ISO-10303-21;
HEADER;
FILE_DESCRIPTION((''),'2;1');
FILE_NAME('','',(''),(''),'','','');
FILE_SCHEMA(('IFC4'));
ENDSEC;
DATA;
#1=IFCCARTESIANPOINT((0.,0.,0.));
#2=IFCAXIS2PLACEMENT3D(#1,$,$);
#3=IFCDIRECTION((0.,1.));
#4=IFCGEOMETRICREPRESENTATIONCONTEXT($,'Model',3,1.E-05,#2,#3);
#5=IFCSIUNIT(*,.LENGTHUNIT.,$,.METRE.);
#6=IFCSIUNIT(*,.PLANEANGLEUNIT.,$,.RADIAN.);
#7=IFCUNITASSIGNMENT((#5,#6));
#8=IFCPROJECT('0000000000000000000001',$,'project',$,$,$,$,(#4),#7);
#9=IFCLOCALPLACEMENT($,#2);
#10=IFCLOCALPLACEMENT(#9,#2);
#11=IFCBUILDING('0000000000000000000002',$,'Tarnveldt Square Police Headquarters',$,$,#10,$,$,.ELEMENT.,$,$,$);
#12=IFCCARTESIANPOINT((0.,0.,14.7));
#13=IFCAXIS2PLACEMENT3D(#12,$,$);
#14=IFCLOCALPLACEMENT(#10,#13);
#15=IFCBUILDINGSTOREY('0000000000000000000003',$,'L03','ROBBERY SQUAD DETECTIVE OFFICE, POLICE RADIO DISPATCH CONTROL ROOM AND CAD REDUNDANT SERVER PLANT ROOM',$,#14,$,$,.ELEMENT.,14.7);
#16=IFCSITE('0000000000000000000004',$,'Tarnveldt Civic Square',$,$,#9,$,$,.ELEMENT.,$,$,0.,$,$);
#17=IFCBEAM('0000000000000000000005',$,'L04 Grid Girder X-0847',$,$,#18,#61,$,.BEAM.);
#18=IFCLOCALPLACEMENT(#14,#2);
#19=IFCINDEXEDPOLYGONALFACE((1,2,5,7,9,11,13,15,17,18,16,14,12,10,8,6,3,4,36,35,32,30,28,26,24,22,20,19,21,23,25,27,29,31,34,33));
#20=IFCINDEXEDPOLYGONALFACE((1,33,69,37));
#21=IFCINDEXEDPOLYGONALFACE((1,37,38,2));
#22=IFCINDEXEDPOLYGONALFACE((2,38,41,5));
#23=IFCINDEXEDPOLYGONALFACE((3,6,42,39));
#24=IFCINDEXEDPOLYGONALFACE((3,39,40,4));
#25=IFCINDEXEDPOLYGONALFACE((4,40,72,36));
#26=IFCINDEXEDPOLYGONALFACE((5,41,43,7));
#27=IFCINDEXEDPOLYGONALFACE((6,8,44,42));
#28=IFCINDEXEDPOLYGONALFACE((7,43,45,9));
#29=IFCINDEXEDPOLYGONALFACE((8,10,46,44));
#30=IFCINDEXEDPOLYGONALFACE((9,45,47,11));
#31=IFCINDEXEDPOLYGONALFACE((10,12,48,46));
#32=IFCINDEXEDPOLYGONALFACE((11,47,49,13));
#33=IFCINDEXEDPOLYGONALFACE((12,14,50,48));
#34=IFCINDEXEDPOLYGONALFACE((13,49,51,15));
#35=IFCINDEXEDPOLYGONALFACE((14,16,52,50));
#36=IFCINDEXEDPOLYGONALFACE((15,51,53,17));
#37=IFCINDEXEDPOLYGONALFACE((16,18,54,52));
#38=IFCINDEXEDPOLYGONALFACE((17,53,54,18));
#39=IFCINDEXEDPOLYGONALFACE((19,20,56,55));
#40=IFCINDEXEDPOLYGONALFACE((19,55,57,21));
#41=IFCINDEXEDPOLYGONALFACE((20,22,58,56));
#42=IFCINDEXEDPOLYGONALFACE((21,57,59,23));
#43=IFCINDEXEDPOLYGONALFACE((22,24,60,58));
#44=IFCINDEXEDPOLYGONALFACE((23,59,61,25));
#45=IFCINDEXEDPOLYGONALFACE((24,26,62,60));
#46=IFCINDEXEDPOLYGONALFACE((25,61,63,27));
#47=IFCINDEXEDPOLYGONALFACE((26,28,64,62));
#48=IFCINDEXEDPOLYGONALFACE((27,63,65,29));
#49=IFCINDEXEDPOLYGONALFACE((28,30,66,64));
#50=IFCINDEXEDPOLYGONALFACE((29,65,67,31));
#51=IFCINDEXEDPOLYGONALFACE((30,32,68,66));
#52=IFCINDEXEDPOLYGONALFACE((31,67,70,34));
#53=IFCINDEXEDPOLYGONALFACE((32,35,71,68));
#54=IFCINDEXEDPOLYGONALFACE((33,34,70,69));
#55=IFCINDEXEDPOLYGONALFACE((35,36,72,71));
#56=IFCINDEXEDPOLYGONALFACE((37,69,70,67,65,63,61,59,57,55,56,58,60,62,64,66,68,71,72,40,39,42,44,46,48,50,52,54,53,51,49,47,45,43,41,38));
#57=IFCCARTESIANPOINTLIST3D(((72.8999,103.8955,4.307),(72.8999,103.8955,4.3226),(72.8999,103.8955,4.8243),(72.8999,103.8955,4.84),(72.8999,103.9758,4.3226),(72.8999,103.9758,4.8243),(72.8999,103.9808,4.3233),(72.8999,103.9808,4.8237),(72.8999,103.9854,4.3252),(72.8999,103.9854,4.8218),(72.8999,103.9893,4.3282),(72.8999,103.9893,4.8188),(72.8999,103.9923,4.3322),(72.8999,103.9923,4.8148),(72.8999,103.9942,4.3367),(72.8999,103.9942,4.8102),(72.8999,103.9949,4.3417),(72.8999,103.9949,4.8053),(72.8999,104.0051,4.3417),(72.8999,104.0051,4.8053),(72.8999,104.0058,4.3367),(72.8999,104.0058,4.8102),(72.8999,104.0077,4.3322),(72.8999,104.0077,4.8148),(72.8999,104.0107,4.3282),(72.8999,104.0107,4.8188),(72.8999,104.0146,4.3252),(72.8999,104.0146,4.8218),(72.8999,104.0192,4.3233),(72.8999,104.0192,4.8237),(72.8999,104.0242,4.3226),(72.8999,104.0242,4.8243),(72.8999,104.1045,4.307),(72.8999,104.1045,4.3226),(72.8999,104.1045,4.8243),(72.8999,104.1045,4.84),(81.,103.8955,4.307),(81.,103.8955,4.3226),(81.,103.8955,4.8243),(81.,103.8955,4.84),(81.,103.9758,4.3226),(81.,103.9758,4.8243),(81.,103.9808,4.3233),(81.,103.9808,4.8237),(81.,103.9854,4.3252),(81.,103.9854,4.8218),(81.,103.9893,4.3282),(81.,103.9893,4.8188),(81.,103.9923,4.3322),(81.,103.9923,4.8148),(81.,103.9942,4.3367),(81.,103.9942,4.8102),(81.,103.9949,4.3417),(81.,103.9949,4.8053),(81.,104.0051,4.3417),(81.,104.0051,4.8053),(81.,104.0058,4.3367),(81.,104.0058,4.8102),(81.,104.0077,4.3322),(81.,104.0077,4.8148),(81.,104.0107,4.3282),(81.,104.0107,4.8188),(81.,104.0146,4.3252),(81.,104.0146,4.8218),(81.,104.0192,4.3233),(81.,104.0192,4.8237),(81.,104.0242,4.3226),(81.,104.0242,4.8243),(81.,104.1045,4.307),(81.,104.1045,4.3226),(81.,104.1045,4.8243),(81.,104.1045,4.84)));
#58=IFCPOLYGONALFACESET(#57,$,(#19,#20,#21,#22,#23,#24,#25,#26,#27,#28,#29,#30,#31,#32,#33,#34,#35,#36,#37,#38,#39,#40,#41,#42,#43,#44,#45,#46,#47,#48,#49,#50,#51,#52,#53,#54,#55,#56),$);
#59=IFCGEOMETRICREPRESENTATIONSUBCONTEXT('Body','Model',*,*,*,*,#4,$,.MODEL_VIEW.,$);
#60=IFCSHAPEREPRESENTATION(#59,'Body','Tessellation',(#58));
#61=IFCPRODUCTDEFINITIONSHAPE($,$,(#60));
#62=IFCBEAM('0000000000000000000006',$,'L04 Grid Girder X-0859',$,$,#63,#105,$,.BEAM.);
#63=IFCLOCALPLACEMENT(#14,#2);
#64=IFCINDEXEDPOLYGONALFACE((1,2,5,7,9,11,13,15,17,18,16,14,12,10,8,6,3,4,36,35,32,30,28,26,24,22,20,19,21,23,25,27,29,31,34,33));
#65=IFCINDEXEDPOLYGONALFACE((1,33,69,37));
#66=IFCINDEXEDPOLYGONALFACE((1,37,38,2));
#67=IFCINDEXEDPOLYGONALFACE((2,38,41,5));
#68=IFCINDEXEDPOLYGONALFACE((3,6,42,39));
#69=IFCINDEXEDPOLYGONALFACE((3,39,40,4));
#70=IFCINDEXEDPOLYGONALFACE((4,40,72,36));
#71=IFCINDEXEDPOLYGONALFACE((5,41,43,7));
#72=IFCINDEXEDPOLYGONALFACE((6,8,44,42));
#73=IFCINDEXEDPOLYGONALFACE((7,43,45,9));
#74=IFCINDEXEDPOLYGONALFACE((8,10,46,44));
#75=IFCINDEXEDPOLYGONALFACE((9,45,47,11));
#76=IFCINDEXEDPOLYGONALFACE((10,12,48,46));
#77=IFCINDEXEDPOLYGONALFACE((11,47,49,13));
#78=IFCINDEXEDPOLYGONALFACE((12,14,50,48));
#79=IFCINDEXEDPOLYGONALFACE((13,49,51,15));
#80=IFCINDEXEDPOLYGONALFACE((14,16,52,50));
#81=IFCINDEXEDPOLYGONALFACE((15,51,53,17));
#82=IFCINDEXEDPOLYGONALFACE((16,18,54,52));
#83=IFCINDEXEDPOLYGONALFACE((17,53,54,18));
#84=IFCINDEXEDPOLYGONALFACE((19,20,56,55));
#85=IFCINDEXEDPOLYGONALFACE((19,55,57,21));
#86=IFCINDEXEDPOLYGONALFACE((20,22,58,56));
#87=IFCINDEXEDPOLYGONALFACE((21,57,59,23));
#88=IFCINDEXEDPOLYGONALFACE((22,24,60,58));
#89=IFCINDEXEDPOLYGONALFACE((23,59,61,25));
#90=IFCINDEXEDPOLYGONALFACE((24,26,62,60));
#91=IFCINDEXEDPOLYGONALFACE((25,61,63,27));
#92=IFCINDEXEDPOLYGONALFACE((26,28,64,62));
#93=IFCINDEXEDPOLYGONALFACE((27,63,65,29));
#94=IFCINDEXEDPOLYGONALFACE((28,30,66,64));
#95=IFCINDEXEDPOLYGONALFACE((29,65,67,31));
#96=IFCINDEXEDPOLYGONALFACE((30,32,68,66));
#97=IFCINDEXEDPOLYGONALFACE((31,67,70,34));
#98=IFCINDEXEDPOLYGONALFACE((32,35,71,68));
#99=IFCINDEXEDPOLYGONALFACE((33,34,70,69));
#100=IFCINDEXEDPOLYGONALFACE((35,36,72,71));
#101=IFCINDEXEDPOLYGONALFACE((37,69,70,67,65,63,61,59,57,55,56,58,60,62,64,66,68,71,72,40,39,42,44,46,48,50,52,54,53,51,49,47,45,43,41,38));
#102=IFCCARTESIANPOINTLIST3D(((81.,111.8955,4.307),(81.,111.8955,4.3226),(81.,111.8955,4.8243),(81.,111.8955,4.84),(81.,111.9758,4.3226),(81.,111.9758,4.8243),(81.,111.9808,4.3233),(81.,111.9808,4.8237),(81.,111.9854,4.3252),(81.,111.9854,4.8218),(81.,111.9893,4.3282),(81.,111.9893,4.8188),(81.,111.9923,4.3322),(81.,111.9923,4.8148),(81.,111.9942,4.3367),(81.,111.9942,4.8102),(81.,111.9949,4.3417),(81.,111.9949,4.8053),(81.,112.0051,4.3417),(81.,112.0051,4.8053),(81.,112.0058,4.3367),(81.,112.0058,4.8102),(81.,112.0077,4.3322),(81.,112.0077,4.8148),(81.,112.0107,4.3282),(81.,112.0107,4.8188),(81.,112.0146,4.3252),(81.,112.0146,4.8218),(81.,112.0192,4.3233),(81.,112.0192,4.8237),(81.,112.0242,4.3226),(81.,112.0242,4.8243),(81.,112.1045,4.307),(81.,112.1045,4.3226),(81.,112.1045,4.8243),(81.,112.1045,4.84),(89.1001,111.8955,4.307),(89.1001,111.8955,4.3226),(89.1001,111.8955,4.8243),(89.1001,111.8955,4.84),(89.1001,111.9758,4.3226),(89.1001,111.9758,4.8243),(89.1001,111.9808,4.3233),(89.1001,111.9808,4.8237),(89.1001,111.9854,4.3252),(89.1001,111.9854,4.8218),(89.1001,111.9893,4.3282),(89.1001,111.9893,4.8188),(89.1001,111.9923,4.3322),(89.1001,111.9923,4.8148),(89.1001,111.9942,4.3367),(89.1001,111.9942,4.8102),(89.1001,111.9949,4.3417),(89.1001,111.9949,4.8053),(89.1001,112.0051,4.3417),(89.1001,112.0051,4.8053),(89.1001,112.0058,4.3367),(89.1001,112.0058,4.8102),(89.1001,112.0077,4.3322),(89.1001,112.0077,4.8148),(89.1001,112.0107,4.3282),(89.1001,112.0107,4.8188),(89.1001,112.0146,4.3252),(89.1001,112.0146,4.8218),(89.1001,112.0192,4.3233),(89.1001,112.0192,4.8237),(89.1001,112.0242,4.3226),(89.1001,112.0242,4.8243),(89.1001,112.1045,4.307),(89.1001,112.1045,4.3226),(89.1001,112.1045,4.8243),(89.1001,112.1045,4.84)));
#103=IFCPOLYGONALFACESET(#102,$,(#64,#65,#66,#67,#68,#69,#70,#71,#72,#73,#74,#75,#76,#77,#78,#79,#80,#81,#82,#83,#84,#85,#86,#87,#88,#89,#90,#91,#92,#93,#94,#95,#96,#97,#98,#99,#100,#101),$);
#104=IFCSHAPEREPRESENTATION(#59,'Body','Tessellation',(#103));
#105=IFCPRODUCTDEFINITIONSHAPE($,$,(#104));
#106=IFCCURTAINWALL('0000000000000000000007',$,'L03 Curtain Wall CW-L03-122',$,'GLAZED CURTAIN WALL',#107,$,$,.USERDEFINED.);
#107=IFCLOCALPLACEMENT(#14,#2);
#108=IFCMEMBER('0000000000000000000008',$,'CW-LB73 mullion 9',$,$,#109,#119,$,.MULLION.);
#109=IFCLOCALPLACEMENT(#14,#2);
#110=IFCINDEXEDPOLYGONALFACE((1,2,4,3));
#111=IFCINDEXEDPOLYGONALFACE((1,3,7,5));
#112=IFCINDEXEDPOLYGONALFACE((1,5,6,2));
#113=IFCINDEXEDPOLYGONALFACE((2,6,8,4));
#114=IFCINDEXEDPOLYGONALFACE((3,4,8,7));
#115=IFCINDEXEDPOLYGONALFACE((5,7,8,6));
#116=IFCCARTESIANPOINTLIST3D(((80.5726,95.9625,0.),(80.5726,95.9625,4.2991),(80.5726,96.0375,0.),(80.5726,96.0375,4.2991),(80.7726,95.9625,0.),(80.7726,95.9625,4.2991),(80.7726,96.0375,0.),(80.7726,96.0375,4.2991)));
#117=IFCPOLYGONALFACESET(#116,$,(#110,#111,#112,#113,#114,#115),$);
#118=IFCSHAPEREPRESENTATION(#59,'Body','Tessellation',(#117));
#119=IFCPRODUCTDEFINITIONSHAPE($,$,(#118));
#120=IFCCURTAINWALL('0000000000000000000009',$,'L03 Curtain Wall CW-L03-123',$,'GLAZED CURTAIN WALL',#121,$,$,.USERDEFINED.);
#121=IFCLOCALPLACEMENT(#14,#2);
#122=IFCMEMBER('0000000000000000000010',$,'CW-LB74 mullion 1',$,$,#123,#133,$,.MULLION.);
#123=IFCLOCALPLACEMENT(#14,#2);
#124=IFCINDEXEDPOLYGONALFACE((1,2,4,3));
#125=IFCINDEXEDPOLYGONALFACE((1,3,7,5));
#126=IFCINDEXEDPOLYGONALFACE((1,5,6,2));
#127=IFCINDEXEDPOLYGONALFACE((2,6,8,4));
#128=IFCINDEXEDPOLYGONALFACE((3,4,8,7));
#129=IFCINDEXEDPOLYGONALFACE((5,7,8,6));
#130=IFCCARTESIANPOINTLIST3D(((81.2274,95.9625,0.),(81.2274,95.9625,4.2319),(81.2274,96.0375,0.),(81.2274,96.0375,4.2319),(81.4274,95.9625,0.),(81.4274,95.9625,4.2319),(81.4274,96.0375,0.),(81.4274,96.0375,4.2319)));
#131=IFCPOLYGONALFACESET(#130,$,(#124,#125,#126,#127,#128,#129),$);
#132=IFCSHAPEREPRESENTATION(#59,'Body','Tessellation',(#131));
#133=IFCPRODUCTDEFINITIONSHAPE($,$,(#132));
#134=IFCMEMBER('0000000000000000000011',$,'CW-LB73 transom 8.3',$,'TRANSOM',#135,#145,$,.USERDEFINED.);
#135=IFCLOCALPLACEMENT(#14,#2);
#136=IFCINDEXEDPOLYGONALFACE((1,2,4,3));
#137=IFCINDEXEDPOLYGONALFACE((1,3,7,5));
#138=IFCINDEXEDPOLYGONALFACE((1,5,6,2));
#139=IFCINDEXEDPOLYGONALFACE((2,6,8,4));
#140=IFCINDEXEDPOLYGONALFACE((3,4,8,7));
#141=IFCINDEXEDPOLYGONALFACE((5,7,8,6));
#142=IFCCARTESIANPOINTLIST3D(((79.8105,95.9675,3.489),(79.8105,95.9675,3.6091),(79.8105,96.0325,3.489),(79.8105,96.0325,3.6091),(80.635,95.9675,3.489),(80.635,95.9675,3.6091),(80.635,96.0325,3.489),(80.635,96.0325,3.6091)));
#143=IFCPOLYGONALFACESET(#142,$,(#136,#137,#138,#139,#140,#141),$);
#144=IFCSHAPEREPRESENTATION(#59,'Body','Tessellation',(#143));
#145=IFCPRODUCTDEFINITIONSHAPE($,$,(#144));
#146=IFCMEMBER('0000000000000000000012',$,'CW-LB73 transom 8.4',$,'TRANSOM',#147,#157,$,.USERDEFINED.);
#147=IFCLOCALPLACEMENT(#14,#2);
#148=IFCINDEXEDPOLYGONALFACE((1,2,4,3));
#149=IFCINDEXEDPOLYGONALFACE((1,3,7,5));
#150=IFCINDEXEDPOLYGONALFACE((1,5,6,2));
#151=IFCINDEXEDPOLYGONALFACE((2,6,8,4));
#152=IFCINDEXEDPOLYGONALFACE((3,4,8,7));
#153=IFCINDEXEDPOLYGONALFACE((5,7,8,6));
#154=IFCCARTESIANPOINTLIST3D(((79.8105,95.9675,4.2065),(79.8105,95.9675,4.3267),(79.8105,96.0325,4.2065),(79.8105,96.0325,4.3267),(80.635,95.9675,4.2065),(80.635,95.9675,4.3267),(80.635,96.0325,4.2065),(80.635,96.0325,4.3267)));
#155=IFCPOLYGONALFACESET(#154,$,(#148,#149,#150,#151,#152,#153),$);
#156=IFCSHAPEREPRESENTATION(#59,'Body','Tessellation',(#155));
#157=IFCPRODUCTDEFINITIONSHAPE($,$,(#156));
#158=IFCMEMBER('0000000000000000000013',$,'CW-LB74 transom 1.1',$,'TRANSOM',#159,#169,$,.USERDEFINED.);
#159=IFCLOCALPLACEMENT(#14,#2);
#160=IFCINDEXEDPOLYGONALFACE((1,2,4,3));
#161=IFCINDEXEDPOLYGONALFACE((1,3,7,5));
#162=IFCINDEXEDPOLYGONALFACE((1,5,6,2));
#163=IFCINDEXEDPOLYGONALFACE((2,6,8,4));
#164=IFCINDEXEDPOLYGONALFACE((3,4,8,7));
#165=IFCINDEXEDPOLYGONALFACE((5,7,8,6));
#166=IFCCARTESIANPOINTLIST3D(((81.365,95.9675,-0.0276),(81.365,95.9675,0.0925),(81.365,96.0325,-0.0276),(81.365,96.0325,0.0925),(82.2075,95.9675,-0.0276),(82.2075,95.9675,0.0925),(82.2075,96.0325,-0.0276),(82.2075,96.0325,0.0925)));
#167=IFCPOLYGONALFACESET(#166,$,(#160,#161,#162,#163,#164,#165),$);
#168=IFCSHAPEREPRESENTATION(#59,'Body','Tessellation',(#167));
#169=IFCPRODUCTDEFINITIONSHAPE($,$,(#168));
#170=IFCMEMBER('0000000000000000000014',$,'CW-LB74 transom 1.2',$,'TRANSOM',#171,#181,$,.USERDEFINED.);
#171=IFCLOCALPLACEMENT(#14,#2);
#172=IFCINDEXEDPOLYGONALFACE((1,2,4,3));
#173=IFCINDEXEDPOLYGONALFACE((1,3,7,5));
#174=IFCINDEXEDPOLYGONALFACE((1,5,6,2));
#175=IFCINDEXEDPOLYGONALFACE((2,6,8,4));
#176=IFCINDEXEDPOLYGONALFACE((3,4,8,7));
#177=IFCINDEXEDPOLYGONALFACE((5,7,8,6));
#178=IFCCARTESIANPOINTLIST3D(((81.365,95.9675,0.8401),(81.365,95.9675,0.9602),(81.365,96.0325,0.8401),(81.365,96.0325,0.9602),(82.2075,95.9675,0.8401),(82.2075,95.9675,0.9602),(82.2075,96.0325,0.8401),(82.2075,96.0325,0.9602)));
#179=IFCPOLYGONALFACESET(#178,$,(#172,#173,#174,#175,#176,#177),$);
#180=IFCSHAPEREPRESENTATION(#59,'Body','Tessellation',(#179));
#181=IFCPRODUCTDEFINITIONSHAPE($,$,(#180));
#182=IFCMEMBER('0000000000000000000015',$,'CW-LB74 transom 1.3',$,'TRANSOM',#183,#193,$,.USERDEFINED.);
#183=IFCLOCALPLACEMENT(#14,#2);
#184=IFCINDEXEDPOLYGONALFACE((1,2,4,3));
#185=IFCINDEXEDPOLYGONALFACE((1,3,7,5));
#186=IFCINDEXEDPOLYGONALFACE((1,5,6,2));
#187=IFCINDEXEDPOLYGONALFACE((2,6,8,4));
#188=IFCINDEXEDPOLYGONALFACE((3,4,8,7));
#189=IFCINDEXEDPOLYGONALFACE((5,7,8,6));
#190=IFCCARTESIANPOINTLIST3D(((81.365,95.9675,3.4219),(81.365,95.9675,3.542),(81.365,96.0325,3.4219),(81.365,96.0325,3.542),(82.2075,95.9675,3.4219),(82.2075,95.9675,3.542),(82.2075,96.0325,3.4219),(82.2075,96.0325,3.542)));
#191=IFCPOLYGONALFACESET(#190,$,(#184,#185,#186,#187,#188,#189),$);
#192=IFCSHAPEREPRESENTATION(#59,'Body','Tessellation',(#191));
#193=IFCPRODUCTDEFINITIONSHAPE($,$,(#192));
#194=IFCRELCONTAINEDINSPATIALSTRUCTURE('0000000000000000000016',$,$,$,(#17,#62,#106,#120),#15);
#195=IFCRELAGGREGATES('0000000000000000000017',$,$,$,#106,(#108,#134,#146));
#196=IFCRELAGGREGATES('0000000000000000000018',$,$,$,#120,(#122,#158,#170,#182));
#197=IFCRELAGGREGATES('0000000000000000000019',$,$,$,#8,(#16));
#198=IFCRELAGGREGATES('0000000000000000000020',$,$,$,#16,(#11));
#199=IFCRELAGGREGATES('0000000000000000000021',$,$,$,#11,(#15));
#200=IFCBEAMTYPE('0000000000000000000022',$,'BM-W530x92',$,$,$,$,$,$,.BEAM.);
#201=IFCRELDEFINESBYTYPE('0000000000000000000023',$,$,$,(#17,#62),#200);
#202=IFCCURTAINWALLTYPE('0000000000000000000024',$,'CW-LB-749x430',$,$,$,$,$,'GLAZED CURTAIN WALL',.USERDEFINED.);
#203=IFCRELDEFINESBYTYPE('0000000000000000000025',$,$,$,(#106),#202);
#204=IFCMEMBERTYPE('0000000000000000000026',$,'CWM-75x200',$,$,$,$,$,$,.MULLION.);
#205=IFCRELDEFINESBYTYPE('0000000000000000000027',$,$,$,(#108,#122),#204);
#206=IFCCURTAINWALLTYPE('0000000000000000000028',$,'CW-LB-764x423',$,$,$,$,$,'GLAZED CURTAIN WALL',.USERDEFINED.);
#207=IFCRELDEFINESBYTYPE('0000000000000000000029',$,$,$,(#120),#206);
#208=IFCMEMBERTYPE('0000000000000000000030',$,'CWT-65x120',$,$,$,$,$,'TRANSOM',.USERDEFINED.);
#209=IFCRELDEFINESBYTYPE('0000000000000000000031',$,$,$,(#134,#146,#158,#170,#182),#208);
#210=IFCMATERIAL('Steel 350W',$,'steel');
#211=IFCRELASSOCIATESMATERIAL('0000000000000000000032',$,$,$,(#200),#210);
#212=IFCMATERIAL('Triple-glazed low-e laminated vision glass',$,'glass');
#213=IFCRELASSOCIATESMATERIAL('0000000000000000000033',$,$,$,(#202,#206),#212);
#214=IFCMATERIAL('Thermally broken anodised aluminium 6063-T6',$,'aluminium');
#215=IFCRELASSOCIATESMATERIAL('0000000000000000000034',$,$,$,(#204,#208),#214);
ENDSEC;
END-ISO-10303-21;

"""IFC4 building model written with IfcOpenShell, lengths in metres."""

from ifc_helpers import new_model, si_unit, direction, frame, origin, origin_2d, place, context, subcontext, project, spatial, rectangle, i_section, extrude, material, material_profile, profile_set, type_object, element, aggregate, save


model = new_model("IFC4")

# Units and contexts
model_context = context("Model", 3, precision=1e-05, world=origin(), true_north=direction((0.0, 1.0)))
body_context = subcontext(model_context, "Body", "Model", "MODEL_VIEW")
ifc_project = project(units=[si_unit("LENGTHUNIT", "METRE"), si_unit("PLANEANGLEUNIT", "RADIAN")], contexts=[model_context])

# Site, building, storey
site_placement = place(None, origin())
site = spatial("IfcSite", under=ifc_project, at=site_placement, Name="Tarnveldt Civic Square", CompositionType="ELEMENT", RefElevation=0.0)
building_placement = place(site_placement, origin())
building = spatial("IfcBuilding", under=site, at=building_placement, Name="Tarnveldt Square Police Headquarters", CompositionType="ELEMENT")
storey_placement = place(building_placement, frame((0.0, 0.0, 14.7)))
storey = spatial("IfcBuildingStorey", under=building, at=storey_placement, Name="L03", Description="ROBBERY SQUAD DETECTIVE OFFICE, POLICE RADIO DISPATCH CONTROL ROOM AND CAD REDUNDANT SERVER PLANT ROOM", CompositionType="ELEMENT", Elevation=14.7)

# Shared definitions
ifc_material_1 = material(Name="Steel 350W", Category="steel")

# Beams
ifc_material_profile_1 = material_profile(ifc_material_1, i_section(OverallWidth=0.209, OverallDepth=0.533, WebThickness=0.0103, FlangeThickness=0.0156, FilletRadius=0.019, at=origin_2d()), Name="W530x92")
ifc_profile_set_1 = profile_set([ifc_material_profile_1], Name="Steel 350W")
beam_type_1 = type_object("IfcBeamType", Name="BM-W530x92", PredefinedType="BEAM", material=ifc_profile_set_1)
for number, where, z_axis, x_axis, name in (
    (1, (72.8999, 104.0, 4.5735), (1.0, 0.0, 0.0), (0.0, 1.0, 0.0), "L04 Grid Girder X-0847"),
    (2, (81.0, 112.0, 4.5735), (1.0, 0.0, 0.0), (0.0, 1.0, 0.0), "L04 Grid Girder X-0859"),
):
    element("IfcBeam", number, at=place(storey_placement, frame(where, z_axis=z_axis, x_axis=x_axis)), inside=storey, type_object=beam_type_1, Name=name, PredefinedType="BEAM", context=body_context, shape_type="SweptSolid", body=[
        extrude(i_section(OverallWidth=0.209, OverallDepth=0.533, WebThickness=0.0103, FlangeThickness=0.0156, FilletRadius=0.019, at=origin_2d()), origin(), (0.0, 0.0, 1.0), 8.1001),
    ])

# Curtain walls, members
ifc_material_2 = material(Name="Triple-glazed low-e laminated vision glass", Category="glass")
curtain_wall_type_1 = type_object("IfcCurtainWallType", Name="CW-LB-749x430", ElementType="GLAZED CURTAIN WALL", PredefinedType="USERDEFINED", material=ifc_material_2)
curtain_wall_1_placement = place(storey_placement, origin())
curtain_wall_1 = element("IfcCurtainWall", 3, at=curtain_wall_1_placement, inside=storey, type_object=curtain_wall_type_1, Name="L03 Curtain Wall CW-L03-122", ObjectType="GLAZED CURTAIN WALL", PredefinedType="USERDEFINED")
ifc_material_3 = material(Name="Thermally broken anodised aluminium 6063-T6", Category="aluminium")
ifc_material_profile_2 = material_profile(ifc_material_3, rectangle(XDim=0.075, YDim=0.2, at=origin_2d()), Name="CW-M75x200")
ifc_profile_set_2 = profile_set([ifc_material_profile_2], Name="Thermally broken anodised aluminium 6063-T6")
member_type_1 = type_object("IfcMemberType", Name="CWM-75x200", PredefinedType="MULLION", material=ifc_profile_set_2)
member_1_placement = place(storey_placement, frame((80.6726, 96.0, 0.0), z_axis=(0.0, 0.0, 1.0), x_axis=(0.0, 1.0, 0.0)))
member_1 = element("IfcMember", 4, at=member_1_placement, type_object=member_type_1, Name="CW-LB73 mullion 9", PredefinedType="MULLION", context=body_context, shape_type="SweptSolid", body=[
    extrude(rectangle(XDim=0.075, YDim=0.2, at=origin_2d()), origin(), (0.0, 0.0, 1.0), 4.2991),
])
curtain_wall_type_2 = type_object("IfcCurtainWallType", Name="CW-LB-764x423", ElementType="GLAZED CURTAIN WALL", PredefinedType="USERDEFINED", material=ifc_material_2)
curtain_wall_2_placement = place(storey_placement, origin())
curtain_wall_2 = element("IfcCurtainWall", 5, at=curtain_wall_2_placement, inside=storey, type_object=curtain_wall_type_2, Name="L03 Curtain Wall CW-L03-123", ObjectType="GLAZED CURTAIN WALL", PredefinedType="USERDEFINED")
member_2_placement = place(storey_placement, frame((81.3274, 96.0, 0.0), z_axis=(0.0, 0.0, 1.0), x_axis=(0.0, 1.0, 0.0)))
member_2 = element("IfcMember", 6, at=member_2_placement, type_object=member_type_1, Name="CW-LB74 mullion 1", PredefinedType="MULLION", context=body_context, shape_type="SweptSolid", body=[
    extrude(rectangle(XDim=0.075, YDim=0.2, at=origin_2d()), origin(), (0.0, 0.0, 1.0), 4.2319),
])

# Members
ifc_material_profile_3 = material_profile(ifc_material_3, rectangle(XDim=0.0649, YDim=0.1201, at=origin_2d()), Name="CW-T65x120")
ifc_profile_set_3 = profile_set([ifc_material_profile_3], Name="Thermally broken anodised aluminium 6063-T6")
member_type_2 = type_object("IfcMemberType", Name="CWT-65x120", ElementType="TRANSOM", PredefinedType="USERDEFINED", material=ifc_profile_set_3)
member_3_placement = place(storey_placement, frame((79.8105, 96.0, 3.5491), z_axis=(1.0, 0.0, 0.0), x_axis=(0.0, 1.0, 0.0)))
member_3 = element("IfcMember", 7, at=member_3_placement, type_object=member_type_2, Name="CW-LB73 transom 8.3", ObjectType="TRANSOM", PredefinedType="USERDEFINED", context=body_context, shape_type="SweptSolid", body=[
    extrude(rectangle(XDim=0.0649, YDim=0.1201, at=origin_2d()), origin(), (0.0, 0.0, 1.0), 0.8245),
])
member_4_placement = place(storey_placement, frame((79.8105, 96.0, 4.2666), z_axis=(1.0, 0.0, 0.0), x_axis=(0.0, 1.0, 0.0)))
member_4 = element("IfcMember", 8, at=member_4_placement, type_object=member_type_2, Name="CW-LB73 transom 8.4", ObjectType="TRANSOM", PredefinedType="USERDEFINED", context=body_context, shape_type="SweptSolid", body=[
    extrude(rectangle(XDim=0.0649, YDim=0.1201, at=origin_2d()), origin(), (0.0, 0.0, 1.0), 0.8245),
])
member_5_placement = place(storey_placement, frame((81.365, 96.0, 0.0325), z_axis=(1.0, 0.0, 0.0), x_axis=(0.0, 1.0, 0.0)))
member_5 = element("IfcMember", 9, at=member_5_placement, type_object=member_type_2, Name="CW-LB74 transom 1.1", ObjectType="TRANSOM", PredefinedType="USERDEFINED", context=body_context, shape_type="SweptSolid", body=[
    extrude(rectangle(XDim=0.0649, YDim=0.1201, at=origin_2d()), origin(), (0.0, 0.0, 1.0), 0.8425),
])
member_6_placement = place(storey_placement, frame((81.365, 96.0, 0.9001), z_axis=(1.0, 0.0, 0.0), x_axis=(0.0, 1.0, 0.0)))
member_6 = element("IfcMember", 10, at=member_6_placement, type_object=member_type_2, Name="CW-LB74 transom 1.2", ObjectType="TRANSOM", PredefinedType="USERDEFINED", context=body_context, shape_type="SweptSolid", body=[
    extrude(rectangle(XDim=0.0649, YDim=0.1201, at=origin_2d()), origin(), (0.0, 0.0, 1.0), 0.8425),
])
member_7_placement = place(storey_placement, frame((81.365, 96.0, 3.4819), z_axis=(1.0, 0.0, 0.0), x_axis=(0.0, 1.0, 0.0)))
member_7 = element("IfcMember", 11, at=member_7_placement, type_object=member_type_2, Name="CW-LB74 transom 1.3", ObjectType="TRANSOM", PredefinedType="USERDEFINED", context=body_context, shape_type="SweptSolid", body=[
    extrude(rectangle(XDim=0.0649, YDim=0.1201, at=origin_2d()), origin(), (0.0, 0.0, 1.0), 0.8425),
])

aggregate(curtain_wall_1, [member_1, member_3, member_4])
aggregate(curtain_wall_2, [member_2, member_5, member_6, member_7])

save(model, "model.ifc")
